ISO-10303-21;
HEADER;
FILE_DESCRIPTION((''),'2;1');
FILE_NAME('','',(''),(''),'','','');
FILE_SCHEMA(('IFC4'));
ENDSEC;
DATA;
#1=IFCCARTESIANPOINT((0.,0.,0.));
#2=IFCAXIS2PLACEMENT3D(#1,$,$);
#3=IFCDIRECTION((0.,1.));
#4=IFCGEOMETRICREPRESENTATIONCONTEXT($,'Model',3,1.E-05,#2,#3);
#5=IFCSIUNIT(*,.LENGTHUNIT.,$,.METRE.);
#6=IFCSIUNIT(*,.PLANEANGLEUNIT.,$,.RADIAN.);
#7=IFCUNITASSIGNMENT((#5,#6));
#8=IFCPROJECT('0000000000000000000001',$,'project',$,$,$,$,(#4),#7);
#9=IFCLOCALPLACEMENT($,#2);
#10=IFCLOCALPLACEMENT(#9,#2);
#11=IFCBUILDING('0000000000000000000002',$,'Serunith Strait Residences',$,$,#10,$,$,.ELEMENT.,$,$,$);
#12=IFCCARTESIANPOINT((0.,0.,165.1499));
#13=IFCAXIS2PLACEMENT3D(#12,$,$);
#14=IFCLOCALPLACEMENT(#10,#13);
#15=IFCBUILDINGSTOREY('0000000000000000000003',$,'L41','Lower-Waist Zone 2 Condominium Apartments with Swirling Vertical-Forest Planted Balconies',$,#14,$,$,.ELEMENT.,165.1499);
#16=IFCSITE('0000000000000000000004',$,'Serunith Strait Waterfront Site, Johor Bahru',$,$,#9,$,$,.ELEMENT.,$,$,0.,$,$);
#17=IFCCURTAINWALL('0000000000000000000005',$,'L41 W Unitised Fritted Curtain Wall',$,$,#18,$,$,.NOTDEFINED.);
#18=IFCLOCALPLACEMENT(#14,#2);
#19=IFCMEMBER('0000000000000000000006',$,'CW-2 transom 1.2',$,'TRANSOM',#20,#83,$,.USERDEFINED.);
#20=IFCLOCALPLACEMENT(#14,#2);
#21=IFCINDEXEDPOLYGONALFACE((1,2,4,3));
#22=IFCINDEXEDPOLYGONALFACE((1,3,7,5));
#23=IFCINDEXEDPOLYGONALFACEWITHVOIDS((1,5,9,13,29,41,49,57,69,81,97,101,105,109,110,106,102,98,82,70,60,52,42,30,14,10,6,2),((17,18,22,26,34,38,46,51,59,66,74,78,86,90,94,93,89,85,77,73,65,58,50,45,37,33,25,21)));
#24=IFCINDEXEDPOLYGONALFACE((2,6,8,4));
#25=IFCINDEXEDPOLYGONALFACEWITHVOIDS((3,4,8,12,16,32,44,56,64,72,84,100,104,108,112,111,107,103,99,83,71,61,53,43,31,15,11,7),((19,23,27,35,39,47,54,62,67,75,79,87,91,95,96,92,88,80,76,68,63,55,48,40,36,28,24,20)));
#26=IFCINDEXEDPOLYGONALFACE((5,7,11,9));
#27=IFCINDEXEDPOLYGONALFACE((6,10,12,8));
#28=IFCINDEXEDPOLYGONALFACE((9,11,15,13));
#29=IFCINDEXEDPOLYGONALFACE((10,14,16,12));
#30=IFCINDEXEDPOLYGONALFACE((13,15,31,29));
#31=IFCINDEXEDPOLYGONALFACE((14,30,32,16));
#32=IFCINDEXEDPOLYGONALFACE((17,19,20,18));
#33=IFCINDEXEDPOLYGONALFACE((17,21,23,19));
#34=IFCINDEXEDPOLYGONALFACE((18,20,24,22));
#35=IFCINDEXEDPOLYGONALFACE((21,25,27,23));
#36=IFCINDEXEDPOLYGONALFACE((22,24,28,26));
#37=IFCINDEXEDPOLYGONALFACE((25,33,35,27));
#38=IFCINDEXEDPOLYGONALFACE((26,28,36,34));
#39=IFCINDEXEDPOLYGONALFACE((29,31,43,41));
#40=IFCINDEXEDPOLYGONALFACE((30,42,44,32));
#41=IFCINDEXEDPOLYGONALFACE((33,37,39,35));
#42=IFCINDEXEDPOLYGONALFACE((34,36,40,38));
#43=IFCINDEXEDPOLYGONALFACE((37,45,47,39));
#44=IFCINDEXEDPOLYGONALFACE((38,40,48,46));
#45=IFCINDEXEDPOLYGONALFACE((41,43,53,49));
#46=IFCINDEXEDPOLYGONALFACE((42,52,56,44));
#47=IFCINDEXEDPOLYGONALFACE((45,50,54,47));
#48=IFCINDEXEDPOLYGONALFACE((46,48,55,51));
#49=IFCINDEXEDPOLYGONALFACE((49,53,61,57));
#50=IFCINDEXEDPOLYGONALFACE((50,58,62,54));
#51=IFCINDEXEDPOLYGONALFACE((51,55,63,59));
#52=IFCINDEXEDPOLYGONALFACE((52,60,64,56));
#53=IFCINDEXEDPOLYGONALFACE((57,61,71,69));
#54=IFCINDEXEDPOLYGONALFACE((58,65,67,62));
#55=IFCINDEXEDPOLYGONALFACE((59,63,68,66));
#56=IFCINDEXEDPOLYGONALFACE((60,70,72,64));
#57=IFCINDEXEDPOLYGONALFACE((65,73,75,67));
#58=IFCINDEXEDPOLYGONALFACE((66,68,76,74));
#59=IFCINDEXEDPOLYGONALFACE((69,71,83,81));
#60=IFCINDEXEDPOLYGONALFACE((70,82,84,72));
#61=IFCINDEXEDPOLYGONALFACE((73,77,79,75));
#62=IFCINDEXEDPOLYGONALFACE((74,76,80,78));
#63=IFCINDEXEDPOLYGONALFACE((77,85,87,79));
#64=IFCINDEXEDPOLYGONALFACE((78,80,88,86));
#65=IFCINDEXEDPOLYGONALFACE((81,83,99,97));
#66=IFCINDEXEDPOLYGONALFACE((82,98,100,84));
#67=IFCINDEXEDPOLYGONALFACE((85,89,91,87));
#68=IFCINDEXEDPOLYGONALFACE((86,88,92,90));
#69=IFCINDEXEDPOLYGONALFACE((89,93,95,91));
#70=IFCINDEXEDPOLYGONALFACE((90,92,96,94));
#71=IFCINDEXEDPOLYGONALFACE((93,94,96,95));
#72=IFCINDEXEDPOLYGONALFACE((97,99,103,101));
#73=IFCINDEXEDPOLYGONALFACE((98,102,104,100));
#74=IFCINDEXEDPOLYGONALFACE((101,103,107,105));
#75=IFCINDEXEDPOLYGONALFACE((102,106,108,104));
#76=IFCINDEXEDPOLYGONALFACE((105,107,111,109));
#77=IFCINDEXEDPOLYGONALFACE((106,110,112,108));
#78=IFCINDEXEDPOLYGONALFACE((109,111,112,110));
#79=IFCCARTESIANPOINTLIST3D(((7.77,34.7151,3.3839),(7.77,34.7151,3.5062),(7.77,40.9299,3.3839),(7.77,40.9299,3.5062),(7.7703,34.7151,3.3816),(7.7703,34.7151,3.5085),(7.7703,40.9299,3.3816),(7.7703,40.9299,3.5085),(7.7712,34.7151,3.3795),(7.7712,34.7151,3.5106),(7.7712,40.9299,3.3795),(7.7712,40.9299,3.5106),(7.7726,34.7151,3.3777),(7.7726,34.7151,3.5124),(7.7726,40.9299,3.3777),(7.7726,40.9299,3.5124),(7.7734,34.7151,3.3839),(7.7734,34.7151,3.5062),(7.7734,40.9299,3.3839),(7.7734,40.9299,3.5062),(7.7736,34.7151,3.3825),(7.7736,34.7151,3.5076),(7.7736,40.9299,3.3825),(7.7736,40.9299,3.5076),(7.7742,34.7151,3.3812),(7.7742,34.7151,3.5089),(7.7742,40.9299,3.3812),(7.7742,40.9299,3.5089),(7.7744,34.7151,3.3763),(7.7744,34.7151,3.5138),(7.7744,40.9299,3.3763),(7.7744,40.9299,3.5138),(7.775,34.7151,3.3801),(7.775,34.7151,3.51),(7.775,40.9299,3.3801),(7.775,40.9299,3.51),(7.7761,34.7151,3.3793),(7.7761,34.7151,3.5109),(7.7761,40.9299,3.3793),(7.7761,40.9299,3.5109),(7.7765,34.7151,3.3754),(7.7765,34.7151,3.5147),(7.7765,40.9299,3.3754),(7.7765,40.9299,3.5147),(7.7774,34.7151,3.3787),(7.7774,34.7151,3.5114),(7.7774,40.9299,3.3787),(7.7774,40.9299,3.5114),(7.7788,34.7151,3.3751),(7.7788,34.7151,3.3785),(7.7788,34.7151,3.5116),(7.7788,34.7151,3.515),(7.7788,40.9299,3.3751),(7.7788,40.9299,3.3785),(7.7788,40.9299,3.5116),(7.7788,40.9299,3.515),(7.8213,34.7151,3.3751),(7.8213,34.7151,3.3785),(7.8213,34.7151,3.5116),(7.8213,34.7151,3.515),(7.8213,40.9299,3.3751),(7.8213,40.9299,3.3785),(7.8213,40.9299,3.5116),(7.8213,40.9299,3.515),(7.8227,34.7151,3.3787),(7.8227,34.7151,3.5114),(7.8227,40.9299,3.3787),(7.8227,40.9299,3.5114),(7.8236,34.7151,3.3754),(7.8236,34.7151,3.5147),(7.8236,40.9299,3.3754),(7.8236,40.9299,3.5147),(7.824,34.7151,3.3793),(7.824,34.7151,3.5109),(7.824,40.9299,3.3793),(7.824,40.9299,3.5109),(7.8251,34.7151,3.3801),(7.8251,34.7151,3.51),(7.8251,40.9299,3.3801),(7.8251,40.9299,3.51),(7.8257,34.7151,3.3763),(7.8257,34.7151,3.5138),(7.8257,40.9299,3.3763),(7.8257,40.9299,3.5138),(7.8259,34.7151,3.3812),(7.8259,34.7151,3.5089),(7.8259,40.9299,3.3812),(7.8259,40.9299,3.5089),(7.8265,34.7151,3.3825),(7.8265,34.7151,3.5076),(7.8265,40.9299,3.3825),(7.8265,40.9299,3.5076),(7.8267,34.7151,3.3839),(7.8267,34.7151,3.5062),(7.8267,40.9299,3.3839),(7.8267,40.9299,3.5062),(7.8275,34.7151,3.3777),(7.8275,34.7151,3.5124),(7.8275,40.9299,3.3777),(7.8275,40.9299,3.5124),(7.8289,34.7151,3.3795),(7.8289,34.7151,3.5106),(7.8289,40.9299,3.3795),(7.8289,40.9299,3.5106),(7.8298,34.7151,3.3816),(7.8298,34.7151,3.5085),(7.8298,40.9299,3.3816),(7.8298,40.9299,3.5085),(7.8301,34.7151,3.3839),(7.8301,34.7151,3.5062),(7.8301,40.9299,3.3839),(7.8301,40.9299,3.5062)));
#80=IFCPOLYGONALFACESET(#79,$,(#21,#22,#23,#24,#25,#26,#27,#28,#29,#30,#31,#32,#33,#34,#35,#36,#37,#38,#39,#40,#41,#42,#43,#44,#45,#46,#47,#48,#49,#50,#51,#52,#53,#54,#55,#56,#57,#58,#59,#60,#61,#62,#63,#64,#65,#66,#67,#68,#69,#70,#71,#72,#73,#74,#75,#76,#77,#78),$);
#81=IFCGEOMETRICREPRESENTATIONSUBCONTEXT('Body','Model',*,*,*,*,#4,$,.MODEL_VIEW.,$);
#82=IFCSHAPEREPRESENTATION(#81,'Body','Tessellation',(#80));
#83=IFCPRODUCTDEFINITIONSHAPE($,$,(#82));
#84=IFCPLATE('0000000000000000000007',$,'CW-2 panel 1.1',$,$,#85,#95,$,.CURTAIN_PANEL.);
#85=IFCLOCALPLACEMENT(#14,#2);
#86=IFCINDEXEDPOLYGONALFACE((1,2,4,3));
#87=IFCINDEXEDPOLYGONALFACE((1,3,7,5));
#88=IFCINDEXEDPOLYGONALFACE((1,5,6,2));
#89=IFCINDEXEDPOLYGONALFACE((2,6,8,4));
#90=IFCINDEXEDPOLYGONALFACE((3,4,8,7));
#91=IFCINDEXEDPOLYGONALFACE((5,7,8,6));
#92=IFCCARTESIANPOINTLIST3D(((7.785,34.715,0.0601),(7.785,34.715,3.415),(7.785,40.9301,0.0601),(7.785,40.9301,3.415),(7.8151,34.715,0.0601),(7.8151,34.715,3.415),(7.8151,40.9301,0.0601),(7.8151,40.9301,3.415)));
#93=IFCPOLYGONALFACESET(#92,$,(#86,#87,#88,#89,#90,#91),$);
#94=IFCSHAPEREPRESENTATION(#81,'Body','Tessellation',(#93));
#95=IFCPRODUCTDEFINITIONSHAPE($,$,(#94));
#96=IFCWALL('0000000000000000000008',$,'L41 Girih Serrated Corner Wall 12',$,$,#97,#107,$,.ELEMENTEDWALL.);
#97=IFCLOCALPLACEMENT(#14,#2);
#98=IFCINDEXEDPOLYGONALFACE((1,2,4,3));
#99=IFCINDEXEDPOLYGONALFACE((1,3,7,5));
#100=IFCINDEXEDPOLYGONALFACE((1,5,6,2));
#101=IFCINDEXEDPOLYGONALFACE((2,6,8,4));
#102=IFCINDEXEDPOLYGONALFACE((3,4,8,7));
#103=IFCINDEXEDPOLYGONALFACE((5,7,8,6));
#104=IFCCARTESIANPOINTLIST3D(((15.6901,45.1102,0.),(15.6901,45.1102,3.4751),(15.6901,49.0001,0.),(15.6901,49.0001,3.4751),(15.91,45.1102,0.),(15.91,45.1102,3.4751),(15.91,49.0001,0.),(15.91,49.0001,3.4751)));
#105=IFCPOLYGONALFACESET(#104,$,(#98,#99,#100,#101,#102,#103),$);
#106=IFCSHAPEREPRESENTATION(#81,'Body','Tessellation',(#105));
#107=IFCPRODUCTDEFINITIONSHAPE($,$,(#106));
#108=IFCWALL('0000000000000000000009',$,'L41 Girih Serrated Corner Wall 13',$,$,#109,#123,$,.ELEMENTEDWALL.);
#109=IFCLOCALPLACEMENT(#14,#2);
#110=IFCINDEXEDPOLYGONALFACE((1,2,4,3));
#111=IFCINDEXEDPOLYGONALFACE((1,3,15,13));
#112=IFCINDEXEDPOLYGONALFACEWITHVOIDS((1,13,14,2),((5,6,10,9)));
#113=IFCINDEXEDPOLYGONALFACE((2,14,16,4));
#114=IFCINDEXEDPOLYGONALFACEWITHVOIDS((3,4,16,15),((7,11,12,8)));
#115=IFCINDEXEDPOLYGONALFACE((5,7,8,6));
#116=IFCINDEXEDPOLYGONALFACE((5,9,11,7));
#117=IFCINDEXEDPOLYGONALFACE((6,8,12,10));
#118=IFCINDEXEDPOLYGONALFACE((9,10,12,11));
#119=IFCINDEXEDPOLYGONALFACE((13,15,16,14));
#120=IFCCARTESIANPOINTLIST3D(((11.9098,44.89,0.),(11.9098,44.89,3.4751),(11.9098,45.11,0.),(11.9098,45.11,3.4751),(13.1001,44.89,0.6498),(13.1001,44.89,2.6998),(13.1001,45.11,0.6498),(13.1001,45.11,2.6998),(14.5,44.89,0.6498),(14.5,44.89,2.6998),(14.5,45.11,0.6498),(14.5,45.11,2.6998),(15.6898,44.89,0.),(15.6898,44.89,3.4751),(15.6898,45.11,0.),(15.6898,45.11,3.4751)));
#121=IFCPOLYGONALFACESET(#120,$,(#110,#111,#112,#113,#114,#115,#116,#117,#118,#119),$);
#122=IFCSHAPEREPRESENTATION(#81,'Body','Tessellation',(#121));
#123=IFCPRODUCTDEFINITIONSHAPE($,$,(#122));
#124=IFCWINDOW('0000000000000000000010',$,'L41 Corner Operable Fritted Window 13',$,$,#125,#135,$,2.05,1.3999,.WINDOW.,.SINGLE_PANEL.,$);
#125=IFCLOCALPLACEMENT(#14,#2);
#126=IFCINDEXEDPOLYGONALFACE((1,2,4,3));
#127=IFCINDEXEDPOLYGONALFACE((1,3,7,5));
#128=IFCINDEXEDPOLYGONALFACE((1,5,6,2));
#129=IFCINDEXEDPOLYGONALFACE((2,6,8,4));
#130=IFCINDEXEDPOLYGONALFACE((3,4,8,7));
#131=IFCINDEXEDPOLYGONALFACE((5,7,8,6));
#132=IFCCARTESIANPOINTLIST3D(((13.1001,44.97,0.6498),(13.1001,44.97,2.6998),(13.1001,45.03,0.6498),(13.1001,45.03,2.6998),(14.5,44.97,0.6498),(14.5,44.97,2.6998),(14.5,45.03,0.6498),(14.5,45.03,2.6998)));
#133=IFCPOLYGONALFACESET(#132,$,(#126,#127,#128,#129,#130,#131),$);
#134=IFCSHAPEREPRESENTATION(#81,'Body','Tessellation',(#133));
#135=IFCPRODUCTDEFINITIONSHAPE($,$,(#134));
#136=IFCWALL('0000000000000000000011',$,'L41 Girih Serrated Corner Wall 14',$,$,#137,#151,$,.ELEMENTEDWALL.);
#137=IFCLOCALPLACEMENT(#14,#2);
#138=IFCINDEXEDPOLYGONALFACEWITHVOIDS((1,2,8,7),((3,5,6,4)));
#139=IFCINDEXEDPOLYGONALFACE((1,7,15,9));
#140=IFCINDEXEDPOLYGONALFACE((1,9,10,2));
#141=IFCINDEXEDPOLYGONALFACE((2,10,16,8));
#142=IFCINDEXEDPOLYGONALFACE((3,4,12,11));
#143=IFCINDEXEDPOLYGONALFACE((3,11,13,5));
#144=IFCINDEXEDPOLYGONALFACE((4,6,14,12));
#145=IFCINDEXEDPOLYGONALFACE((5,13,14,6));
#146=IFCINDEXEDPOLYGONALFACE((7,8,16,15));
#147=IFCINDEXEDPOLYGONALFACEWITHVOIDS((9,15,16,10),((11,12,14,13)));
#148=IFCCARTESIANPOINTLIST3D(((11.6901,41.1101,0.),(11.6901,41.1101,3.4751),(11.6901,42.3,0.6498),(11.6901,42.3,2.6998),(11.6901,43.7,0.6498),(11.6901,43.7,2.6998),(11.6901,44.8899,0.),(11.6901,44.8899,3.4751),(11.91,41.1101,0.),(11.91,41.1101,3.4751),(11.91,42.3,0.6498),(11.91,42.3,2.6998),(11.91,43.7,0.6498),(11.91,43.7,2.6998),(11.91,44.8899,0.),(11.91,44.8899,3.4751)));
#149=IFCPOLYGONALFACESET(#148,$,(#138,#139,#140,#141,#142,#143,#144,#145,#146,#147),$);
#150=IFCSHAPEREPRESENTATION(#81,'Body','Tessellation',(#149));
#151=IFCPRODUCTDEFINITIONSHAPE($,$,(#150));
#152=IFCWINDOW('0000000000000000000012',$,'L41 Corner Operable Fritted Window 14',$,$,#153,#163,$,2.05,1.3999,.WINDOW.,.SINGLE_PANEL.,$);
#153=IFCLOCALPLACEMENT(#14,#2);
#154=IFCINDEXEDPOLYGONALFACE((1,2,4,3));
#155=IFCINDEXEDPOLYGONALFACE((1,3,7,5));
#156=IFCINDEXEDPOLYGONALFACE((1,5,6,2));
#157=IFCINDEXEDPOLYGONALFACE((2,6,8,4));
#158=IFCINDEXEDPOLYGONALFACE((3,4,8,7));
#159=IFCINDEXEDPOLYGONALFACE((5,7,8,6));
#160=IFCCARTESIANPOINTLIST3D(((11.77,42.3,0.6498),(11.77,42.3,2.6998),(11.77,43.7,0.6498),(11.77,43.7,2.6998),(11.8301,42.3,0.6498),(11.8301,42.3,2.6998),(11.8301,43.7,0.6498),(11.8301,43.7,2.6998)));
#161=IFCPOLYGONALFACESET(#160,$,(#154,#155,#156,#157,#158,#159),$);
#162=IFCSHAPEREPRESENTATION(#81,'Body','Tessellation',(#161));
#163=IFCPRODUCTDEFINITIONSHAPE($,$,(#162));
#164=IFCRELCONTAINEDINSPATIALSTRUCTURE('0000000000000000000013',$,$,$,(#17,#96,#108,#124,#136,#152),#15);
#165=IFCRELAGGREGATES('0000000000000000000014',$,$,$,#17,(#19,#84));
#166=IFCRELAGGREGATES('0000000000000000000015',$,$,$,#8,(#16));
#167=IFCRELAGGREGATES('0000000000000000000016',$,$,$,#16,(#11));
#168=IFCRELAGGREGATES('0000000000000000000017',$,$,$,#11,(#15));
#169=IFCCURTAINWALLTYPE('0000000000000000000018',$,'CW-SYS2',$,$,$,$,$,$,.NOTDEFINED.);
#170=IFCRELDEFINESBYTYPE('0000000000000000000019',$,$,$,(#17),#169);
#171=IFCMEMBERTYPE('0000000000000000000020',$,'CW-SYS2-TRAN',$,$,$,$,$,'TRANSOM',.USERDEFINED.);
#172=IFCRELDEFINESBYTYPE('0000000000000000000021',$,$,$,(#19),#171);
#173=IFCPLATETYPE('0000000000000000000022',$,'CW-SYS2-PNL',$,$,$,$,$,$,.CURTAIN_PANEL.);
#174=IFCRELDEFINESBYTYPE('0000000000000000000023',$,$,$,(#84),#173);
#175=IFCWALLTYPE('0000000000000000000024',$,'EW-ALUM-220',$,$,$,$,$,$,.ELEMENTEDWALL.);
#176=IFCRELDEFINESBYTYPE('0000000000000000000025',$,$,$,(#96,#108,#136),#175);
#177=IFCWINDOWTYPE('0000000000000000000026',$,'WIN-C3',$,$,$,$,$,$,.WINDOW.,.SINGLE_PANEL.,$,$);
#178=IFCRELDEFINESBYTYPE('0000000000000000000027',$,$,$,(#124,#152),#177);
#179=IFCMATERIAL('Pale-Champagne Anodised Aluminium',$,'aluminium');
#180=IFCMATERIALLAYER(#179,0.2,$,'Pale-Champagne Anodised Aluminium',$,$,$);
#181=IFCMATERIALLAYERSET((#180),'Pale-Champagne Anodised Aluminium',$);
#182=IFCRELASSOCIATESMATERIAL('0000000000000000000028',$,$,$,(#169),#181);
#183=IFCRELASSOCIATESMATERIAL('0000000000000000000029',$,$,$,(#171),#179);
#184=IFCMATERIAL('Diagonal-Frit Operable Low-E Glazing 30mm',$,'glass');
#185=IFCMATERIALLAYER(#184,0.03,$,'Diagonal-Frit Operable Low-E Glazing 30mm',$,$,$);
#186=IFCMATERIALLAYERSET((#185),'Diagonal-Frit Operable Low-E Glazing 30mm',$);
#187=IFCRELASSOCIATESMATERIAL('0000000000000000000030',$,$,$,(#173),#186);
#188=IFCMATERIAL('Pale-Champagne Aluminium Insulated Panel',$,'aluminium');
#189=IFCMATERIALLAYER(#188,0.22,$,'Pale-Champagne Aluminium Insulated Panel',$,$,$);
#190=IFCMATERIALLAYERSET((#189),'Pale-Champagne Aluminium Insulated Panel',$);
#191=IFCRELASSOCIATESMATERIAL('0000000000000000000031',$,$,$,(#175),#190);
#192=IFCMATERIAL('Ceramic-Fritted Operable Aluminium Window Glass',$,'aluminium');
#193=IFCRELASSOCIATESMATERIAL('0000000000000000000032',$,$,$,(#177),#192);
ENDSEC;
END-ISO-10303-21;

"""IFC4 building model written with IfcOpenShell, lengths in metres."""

from ifc_helpers import new_model, si_unit, direction, frame, frame_2d, origin, origin_2d, place, context, subcontext, project, spatial, rectangle, hollow_rectangle, extrude, source, transform, mapped, material, layer, layer_set, material_profile, profile_set, type_object, element, fill, aggregate, save


model = new_model("IFC4")

# Units and contexts
model_context = context("Model", 3, precision=1e-05, world=origin(), true_north=direction((0.0, 1.0)))
body_context = subcontext(model_context, "Body", "Model", "MODEL_VIEW")
ifc_project = project(units=[si_unit("LENGTHUNIT", "METRE"), si_unit("PLANEANGLEUNIT", "RADIAN")], contexts=[model_context])

# Site, building, storey
site_placement = place(None, origin())
site = spatial("IfcSite", under=ifc_project, at=site_placement, Name="Serunith Strait Waterfront Site, Johor Bahru", CompositionType="ELEMENT", RefElevation=0.0)
building_placement = place(site_placement, origin())
building = spatial("IfcBuilding", under=site, at=building_placement, Name="Serunith Strait Residences", CompositionType="ELEMENT")
storey_placement = place(building_placement, frame((0.0, 0.0, 165.1499)))
storey = spatial("IfcBuildingStorey", under=building, at=storey_placement, Name="L41", Description="Lower-Waist Zone 2 Condominium Apartments with Swirling Vertical-Forest Planted Balconies", CompositionType="ELEMENT", Elevation=165.1499)

# Shared definitions
ifc_material_1 = material(Name="Pale-Champagne Anodised Aluminium", Category="aluminium")
ifc_layer_1 = layer(ifc_material_1, 0.2, Name="Pale-Champagne Anodised Aluminium")
ifc_layer_set_1 = layer_set([ifc_layer_1], Name="Pale-Champagne Anodised Aluminium")
curtain_wall_type = type_object("IfcCurtainWallType", Name="CW-SYS2", PredefinedType="NOTDEFINED", material=ifc_layer_set_1)

# Curtain wall, member, plate
curtain_wall_1_placement = place(storey_placement, origin())
curtain_wall_1 = element("IfcCurtainWall", 1, at=curtain_wall_1_placement, inside=storey, type_object=curtain_wall_type, Name="L41 W Unitised Fritted Curtain Wall", PredefinedType="NOTDEFINED")
ifc_material_profile_1 = material_profile(ifc_material_1, hollow_rectangle(XDim=0.0601, YDim=0.1399, WallThickness=0.0034, InnerFilletRadius=0.0054, OuterFilletRadius=0.0088, at=origin_2d()), Name="ALU 140x60x3.5")
ifc_profile_set_1 = profile_set([ifc_material_profile_1], Name="Pale-Champagne Anodised Aluminium")
member_type_1 = type_object("IfcMemberType", Name="CW-SYS2-TRAN", ElementType="TRANSOM", PredefinedType="USERDEFINED", material=ifc_profile_set_1)
shared_shape_1 = source(origin(), body_context, "Body", "SweptSolid", [
    extrude(hollow_rectangle(XDim=0.0601, YDim=0.1399, WallThickness=0.0034, InnerFilletRadius=0.0054, OuterFilletRadius=0.0088, at=origin_2d()), origin(), (0.0, 0.0, 1.0), 6.2148),
])
member_1_placement = place(storey_placement, frame((7.8, 40.9299, 3.4451), z_axis=(0.0, -1.0, 0.0), x_axis=(1.0, 0.0, 0.0)))
member_1 = element("IfcMember", 2, at=member_1_placement, type_object=member_type_1, Name="CW-2 transom 1.2", ObjectType="TRANSOM", PredefinedType="USERDEFINED", context=body_context, shape_type="MappedRepresentation", body=[
    mapped(shared_shape_1, transform((0.0, 0.0, 0.0), scale=1.0)),
])
ifc_material_2 = material(Name="Diagonal-Frit Operable Low-E Glazing 30mm", Category="glass")
ifc_layer_2 = layer(ifc_material_2, 0.03, Name="Diagonal-Frit Operable Low-E Glazing 30mm")
ifc_layer_set_2 = layer_set([ifc_layer_2], Name="Diagonal-Frit Operable Low-E Glazing 30mm")
plate_type = type_object("IfcPlateType", Name="CW-SYS2-PNL", PredefinedType="CURTAIN_PANEL", material=ifc_layer_set_2)
shared_shape_2 = source(origin(), body_context, "Body", "SweptSolid", [
    extrude(rectangle(XDim=6.2151, YDim=0.03, at=origin_2d()), origin(), (0.0, 0.0, 1.0), 3.355),
])
plate_placement = place(storey_placement, frame((7.8, 37.8225, 0.0601), z_axis=(0.0, 0.0, 1.0), x_axis=(0.0, -1.0, 0.0)))
plate = element("IfcPlate", 3, at=plate_placement, type_object=plate_type, Name="CW-2 panel 1.1", PredefinedType="CURTAIN_PANEL", context=body_context, shape_type="MappedRepresentation", body=[
    mapped(shared_shape_2, transform((0.0, 0.0, 0.0), scale=1.0)),
])
aggregate(curtain_wall_1, [member_1, plate])

# Wall
ifc_material_3 = material(Name="Pale-Champagne Aluminium Insulated Panel", Category="aluminium")
ifc_layer_3 = layer(ifc_material_3, 0.22, Name="Pale-Champagne Aluminium Insulated Panel")
ifc_layer_set_3 = layer_set([ifc_layer_3], Name="Pale-Champagne Aluminium Insulated Panel")
wall_type_1 = type_object("IfcWallType", Name="EW-ALUM-220", PredefinedType="ELEMENTEDWALL", material=ifc_layer_set_3)
wall_1_placement = place(storey_placement, frame((15.8, 49.0, 0.0), z_axis=(0.0, 0.0, 1.0), x_axis=(0.0, -1.0, 0.0)))
element("IfcWall", 4, at=wall_1_placement, inside=storey, type_object=wall_type_1, Name="L41 Girih Serrated Corner Wall 12", PredefinedType="ELEMENTEDWALL", context=body_context, shape_type="SweptSolid", body=[
    extrude(rectangle(XDim=3.8899, YDim=0.22, at=frame_2d((1.9448, 0.0))), origin(), (0.0, 0.0, 1.0), 3.4751),
])

# Walls, openings, windows
wall_2_placement = place(storey_placement, frame((15.6899, 45.0, 0.0), z_axis=(0.0, 0.0, 1.0), x_axis=(-1.0, 0.0, 0.0)))
wall_2 = element("IfcWall", 5, at=wall_2_placement, inside=storey, type_object=wall_type_1, Name="L41 Girih Serrated Corner Wall 13", PredefinedType="ELEMENTEDWALL", context=body_context, shape_type="SweptSolid", body=[
    extrude(rectangle(XDim=3.78, YDim=0.22, at=frame_2d((1.8901, 0.0))), origin(), (0.0, 0.0, 1.0), 3.4751),
])
opening_1_placement = place(wall_2_placement, frame((1.1899, 0.0, 0.6499)))
opening_1 = element("IfcOpeningElement", 6, at=opening_1_placement, cuts=wall_2, PredefinedType="OPENING", context=body_context, shape_type="SweptSolid", body=[
    extrude(rectangle(XDim=1.3999, YDim=2.05, at=frame_2d((0.7, 1.0249))), frame((0.0, 0.1201, 0.0), z_axis=(0.0, -1.0, 0.0), x_axis=(1.0, 0.0, 0.0)), (0.0, 0.0, 1.0), 0.24),
])
ifc_material_4 = material(Name="Ceramic-Fritted Operable Aluminium Window Glass", Category="aluminium")
window_type = type_object("IfcWindowType", Name="WIN-C3", PartitioningType="SINGLE_PANEL", PredefinedType="WINDOW", material=ifc_material_4)
shared_shape_3 = source(origin(), body_context, "Body", "SweptSolid", [
    extrude(rectangle(XDim=1.3999, YDim=2.05, at=frame_2d((0.7, 1.0249))), frame((0.0, 0.03, 0.0), z_axis=(0.0, -1.0, 0.0), x_axis=(1.0, 0.0, 0.0)), (0.0, 0.0, 1.0), 0.0601),
])
window_1_placement = place(opening_1_placement, origin())
window_1 = element("IfcWindow", 7, at=window_1_placement, inside=storey, type_object=window_type, Name="L41 Corner Operable Fritted Window 13", OverallHeight=2.05, OverallWidth=1.3999, PartitioningType="SINGLE_PANEL", PredefinedType="WINDOW", context=body_context, shape_type="MappedRepresentation", body=[
    mapped(shared_shape_3, transform((0.0, 0.0, 0.0), scale=1.0)),
])
fill(opening_1, window_1)
wall_3_placement = place(storey_placement, frame((11.8, 44.8899, 0.0), z_axis=(0.0, 0.0, 1.0), x_axis=(0.0, -1.0, 0.0)))
wall_3 = element("IfcWall", 8, at=wall_3_placement, inside=storey, type_object=wall_type_1, Name="L41 Girih Serrated Corner Wall 14", PredefinedType="ELEMENTEDWALL", context=body_context, shape_type="SweptSolid", body=[
    extrude(rectangle(XDim=3.7798, YDim=0.22, at=frame_2d((1.8899, 0.0))), origin(), (0.0, 0.0, 1.0), 3.4751),
])
opening_2_placement = place(wall_3_placement, frame((1.1899, 0.0, 0.6499)))
opening_2 = element("IfcOpeningElement", 9, at=opening_2_placement, cuts=wall_3, PredefinedType="OPENING", context=body_context, shape_type="SweptSolid", body=[
    extrude(rectangle(XDim=1.3999, YDim=2.05, at=frame_2d((0.7, 1.0249))), frame((0.0, 0.1201, 0.0), z_axis=(0.0, -1.0, 0.0), x_axis=(1.0, 0.0, 0.0)), (0.0, 0.0, 1.0), 0.24),
])
window_2_placement = place(opening_2_placement, origin())
window_2 = element("IfcWindow", 10, at=window_2_placement, inside=storey, type_object=window_type, Name="L41 Corner Operable Fritted Window 14", OverallHeight=2.05, OverallWidth=1.3999, PartitioningType="SINGLE_PANEL", PredefinedType="WINDOW", context=body_context, shape_type="MappedRepresentation", body=[
    mapped(shared_shape_3, transform((0.0, 0.0, 0.0), scale=1.0)),
])
fill(opening_2, window_2)

save(model, "model.ifc")
